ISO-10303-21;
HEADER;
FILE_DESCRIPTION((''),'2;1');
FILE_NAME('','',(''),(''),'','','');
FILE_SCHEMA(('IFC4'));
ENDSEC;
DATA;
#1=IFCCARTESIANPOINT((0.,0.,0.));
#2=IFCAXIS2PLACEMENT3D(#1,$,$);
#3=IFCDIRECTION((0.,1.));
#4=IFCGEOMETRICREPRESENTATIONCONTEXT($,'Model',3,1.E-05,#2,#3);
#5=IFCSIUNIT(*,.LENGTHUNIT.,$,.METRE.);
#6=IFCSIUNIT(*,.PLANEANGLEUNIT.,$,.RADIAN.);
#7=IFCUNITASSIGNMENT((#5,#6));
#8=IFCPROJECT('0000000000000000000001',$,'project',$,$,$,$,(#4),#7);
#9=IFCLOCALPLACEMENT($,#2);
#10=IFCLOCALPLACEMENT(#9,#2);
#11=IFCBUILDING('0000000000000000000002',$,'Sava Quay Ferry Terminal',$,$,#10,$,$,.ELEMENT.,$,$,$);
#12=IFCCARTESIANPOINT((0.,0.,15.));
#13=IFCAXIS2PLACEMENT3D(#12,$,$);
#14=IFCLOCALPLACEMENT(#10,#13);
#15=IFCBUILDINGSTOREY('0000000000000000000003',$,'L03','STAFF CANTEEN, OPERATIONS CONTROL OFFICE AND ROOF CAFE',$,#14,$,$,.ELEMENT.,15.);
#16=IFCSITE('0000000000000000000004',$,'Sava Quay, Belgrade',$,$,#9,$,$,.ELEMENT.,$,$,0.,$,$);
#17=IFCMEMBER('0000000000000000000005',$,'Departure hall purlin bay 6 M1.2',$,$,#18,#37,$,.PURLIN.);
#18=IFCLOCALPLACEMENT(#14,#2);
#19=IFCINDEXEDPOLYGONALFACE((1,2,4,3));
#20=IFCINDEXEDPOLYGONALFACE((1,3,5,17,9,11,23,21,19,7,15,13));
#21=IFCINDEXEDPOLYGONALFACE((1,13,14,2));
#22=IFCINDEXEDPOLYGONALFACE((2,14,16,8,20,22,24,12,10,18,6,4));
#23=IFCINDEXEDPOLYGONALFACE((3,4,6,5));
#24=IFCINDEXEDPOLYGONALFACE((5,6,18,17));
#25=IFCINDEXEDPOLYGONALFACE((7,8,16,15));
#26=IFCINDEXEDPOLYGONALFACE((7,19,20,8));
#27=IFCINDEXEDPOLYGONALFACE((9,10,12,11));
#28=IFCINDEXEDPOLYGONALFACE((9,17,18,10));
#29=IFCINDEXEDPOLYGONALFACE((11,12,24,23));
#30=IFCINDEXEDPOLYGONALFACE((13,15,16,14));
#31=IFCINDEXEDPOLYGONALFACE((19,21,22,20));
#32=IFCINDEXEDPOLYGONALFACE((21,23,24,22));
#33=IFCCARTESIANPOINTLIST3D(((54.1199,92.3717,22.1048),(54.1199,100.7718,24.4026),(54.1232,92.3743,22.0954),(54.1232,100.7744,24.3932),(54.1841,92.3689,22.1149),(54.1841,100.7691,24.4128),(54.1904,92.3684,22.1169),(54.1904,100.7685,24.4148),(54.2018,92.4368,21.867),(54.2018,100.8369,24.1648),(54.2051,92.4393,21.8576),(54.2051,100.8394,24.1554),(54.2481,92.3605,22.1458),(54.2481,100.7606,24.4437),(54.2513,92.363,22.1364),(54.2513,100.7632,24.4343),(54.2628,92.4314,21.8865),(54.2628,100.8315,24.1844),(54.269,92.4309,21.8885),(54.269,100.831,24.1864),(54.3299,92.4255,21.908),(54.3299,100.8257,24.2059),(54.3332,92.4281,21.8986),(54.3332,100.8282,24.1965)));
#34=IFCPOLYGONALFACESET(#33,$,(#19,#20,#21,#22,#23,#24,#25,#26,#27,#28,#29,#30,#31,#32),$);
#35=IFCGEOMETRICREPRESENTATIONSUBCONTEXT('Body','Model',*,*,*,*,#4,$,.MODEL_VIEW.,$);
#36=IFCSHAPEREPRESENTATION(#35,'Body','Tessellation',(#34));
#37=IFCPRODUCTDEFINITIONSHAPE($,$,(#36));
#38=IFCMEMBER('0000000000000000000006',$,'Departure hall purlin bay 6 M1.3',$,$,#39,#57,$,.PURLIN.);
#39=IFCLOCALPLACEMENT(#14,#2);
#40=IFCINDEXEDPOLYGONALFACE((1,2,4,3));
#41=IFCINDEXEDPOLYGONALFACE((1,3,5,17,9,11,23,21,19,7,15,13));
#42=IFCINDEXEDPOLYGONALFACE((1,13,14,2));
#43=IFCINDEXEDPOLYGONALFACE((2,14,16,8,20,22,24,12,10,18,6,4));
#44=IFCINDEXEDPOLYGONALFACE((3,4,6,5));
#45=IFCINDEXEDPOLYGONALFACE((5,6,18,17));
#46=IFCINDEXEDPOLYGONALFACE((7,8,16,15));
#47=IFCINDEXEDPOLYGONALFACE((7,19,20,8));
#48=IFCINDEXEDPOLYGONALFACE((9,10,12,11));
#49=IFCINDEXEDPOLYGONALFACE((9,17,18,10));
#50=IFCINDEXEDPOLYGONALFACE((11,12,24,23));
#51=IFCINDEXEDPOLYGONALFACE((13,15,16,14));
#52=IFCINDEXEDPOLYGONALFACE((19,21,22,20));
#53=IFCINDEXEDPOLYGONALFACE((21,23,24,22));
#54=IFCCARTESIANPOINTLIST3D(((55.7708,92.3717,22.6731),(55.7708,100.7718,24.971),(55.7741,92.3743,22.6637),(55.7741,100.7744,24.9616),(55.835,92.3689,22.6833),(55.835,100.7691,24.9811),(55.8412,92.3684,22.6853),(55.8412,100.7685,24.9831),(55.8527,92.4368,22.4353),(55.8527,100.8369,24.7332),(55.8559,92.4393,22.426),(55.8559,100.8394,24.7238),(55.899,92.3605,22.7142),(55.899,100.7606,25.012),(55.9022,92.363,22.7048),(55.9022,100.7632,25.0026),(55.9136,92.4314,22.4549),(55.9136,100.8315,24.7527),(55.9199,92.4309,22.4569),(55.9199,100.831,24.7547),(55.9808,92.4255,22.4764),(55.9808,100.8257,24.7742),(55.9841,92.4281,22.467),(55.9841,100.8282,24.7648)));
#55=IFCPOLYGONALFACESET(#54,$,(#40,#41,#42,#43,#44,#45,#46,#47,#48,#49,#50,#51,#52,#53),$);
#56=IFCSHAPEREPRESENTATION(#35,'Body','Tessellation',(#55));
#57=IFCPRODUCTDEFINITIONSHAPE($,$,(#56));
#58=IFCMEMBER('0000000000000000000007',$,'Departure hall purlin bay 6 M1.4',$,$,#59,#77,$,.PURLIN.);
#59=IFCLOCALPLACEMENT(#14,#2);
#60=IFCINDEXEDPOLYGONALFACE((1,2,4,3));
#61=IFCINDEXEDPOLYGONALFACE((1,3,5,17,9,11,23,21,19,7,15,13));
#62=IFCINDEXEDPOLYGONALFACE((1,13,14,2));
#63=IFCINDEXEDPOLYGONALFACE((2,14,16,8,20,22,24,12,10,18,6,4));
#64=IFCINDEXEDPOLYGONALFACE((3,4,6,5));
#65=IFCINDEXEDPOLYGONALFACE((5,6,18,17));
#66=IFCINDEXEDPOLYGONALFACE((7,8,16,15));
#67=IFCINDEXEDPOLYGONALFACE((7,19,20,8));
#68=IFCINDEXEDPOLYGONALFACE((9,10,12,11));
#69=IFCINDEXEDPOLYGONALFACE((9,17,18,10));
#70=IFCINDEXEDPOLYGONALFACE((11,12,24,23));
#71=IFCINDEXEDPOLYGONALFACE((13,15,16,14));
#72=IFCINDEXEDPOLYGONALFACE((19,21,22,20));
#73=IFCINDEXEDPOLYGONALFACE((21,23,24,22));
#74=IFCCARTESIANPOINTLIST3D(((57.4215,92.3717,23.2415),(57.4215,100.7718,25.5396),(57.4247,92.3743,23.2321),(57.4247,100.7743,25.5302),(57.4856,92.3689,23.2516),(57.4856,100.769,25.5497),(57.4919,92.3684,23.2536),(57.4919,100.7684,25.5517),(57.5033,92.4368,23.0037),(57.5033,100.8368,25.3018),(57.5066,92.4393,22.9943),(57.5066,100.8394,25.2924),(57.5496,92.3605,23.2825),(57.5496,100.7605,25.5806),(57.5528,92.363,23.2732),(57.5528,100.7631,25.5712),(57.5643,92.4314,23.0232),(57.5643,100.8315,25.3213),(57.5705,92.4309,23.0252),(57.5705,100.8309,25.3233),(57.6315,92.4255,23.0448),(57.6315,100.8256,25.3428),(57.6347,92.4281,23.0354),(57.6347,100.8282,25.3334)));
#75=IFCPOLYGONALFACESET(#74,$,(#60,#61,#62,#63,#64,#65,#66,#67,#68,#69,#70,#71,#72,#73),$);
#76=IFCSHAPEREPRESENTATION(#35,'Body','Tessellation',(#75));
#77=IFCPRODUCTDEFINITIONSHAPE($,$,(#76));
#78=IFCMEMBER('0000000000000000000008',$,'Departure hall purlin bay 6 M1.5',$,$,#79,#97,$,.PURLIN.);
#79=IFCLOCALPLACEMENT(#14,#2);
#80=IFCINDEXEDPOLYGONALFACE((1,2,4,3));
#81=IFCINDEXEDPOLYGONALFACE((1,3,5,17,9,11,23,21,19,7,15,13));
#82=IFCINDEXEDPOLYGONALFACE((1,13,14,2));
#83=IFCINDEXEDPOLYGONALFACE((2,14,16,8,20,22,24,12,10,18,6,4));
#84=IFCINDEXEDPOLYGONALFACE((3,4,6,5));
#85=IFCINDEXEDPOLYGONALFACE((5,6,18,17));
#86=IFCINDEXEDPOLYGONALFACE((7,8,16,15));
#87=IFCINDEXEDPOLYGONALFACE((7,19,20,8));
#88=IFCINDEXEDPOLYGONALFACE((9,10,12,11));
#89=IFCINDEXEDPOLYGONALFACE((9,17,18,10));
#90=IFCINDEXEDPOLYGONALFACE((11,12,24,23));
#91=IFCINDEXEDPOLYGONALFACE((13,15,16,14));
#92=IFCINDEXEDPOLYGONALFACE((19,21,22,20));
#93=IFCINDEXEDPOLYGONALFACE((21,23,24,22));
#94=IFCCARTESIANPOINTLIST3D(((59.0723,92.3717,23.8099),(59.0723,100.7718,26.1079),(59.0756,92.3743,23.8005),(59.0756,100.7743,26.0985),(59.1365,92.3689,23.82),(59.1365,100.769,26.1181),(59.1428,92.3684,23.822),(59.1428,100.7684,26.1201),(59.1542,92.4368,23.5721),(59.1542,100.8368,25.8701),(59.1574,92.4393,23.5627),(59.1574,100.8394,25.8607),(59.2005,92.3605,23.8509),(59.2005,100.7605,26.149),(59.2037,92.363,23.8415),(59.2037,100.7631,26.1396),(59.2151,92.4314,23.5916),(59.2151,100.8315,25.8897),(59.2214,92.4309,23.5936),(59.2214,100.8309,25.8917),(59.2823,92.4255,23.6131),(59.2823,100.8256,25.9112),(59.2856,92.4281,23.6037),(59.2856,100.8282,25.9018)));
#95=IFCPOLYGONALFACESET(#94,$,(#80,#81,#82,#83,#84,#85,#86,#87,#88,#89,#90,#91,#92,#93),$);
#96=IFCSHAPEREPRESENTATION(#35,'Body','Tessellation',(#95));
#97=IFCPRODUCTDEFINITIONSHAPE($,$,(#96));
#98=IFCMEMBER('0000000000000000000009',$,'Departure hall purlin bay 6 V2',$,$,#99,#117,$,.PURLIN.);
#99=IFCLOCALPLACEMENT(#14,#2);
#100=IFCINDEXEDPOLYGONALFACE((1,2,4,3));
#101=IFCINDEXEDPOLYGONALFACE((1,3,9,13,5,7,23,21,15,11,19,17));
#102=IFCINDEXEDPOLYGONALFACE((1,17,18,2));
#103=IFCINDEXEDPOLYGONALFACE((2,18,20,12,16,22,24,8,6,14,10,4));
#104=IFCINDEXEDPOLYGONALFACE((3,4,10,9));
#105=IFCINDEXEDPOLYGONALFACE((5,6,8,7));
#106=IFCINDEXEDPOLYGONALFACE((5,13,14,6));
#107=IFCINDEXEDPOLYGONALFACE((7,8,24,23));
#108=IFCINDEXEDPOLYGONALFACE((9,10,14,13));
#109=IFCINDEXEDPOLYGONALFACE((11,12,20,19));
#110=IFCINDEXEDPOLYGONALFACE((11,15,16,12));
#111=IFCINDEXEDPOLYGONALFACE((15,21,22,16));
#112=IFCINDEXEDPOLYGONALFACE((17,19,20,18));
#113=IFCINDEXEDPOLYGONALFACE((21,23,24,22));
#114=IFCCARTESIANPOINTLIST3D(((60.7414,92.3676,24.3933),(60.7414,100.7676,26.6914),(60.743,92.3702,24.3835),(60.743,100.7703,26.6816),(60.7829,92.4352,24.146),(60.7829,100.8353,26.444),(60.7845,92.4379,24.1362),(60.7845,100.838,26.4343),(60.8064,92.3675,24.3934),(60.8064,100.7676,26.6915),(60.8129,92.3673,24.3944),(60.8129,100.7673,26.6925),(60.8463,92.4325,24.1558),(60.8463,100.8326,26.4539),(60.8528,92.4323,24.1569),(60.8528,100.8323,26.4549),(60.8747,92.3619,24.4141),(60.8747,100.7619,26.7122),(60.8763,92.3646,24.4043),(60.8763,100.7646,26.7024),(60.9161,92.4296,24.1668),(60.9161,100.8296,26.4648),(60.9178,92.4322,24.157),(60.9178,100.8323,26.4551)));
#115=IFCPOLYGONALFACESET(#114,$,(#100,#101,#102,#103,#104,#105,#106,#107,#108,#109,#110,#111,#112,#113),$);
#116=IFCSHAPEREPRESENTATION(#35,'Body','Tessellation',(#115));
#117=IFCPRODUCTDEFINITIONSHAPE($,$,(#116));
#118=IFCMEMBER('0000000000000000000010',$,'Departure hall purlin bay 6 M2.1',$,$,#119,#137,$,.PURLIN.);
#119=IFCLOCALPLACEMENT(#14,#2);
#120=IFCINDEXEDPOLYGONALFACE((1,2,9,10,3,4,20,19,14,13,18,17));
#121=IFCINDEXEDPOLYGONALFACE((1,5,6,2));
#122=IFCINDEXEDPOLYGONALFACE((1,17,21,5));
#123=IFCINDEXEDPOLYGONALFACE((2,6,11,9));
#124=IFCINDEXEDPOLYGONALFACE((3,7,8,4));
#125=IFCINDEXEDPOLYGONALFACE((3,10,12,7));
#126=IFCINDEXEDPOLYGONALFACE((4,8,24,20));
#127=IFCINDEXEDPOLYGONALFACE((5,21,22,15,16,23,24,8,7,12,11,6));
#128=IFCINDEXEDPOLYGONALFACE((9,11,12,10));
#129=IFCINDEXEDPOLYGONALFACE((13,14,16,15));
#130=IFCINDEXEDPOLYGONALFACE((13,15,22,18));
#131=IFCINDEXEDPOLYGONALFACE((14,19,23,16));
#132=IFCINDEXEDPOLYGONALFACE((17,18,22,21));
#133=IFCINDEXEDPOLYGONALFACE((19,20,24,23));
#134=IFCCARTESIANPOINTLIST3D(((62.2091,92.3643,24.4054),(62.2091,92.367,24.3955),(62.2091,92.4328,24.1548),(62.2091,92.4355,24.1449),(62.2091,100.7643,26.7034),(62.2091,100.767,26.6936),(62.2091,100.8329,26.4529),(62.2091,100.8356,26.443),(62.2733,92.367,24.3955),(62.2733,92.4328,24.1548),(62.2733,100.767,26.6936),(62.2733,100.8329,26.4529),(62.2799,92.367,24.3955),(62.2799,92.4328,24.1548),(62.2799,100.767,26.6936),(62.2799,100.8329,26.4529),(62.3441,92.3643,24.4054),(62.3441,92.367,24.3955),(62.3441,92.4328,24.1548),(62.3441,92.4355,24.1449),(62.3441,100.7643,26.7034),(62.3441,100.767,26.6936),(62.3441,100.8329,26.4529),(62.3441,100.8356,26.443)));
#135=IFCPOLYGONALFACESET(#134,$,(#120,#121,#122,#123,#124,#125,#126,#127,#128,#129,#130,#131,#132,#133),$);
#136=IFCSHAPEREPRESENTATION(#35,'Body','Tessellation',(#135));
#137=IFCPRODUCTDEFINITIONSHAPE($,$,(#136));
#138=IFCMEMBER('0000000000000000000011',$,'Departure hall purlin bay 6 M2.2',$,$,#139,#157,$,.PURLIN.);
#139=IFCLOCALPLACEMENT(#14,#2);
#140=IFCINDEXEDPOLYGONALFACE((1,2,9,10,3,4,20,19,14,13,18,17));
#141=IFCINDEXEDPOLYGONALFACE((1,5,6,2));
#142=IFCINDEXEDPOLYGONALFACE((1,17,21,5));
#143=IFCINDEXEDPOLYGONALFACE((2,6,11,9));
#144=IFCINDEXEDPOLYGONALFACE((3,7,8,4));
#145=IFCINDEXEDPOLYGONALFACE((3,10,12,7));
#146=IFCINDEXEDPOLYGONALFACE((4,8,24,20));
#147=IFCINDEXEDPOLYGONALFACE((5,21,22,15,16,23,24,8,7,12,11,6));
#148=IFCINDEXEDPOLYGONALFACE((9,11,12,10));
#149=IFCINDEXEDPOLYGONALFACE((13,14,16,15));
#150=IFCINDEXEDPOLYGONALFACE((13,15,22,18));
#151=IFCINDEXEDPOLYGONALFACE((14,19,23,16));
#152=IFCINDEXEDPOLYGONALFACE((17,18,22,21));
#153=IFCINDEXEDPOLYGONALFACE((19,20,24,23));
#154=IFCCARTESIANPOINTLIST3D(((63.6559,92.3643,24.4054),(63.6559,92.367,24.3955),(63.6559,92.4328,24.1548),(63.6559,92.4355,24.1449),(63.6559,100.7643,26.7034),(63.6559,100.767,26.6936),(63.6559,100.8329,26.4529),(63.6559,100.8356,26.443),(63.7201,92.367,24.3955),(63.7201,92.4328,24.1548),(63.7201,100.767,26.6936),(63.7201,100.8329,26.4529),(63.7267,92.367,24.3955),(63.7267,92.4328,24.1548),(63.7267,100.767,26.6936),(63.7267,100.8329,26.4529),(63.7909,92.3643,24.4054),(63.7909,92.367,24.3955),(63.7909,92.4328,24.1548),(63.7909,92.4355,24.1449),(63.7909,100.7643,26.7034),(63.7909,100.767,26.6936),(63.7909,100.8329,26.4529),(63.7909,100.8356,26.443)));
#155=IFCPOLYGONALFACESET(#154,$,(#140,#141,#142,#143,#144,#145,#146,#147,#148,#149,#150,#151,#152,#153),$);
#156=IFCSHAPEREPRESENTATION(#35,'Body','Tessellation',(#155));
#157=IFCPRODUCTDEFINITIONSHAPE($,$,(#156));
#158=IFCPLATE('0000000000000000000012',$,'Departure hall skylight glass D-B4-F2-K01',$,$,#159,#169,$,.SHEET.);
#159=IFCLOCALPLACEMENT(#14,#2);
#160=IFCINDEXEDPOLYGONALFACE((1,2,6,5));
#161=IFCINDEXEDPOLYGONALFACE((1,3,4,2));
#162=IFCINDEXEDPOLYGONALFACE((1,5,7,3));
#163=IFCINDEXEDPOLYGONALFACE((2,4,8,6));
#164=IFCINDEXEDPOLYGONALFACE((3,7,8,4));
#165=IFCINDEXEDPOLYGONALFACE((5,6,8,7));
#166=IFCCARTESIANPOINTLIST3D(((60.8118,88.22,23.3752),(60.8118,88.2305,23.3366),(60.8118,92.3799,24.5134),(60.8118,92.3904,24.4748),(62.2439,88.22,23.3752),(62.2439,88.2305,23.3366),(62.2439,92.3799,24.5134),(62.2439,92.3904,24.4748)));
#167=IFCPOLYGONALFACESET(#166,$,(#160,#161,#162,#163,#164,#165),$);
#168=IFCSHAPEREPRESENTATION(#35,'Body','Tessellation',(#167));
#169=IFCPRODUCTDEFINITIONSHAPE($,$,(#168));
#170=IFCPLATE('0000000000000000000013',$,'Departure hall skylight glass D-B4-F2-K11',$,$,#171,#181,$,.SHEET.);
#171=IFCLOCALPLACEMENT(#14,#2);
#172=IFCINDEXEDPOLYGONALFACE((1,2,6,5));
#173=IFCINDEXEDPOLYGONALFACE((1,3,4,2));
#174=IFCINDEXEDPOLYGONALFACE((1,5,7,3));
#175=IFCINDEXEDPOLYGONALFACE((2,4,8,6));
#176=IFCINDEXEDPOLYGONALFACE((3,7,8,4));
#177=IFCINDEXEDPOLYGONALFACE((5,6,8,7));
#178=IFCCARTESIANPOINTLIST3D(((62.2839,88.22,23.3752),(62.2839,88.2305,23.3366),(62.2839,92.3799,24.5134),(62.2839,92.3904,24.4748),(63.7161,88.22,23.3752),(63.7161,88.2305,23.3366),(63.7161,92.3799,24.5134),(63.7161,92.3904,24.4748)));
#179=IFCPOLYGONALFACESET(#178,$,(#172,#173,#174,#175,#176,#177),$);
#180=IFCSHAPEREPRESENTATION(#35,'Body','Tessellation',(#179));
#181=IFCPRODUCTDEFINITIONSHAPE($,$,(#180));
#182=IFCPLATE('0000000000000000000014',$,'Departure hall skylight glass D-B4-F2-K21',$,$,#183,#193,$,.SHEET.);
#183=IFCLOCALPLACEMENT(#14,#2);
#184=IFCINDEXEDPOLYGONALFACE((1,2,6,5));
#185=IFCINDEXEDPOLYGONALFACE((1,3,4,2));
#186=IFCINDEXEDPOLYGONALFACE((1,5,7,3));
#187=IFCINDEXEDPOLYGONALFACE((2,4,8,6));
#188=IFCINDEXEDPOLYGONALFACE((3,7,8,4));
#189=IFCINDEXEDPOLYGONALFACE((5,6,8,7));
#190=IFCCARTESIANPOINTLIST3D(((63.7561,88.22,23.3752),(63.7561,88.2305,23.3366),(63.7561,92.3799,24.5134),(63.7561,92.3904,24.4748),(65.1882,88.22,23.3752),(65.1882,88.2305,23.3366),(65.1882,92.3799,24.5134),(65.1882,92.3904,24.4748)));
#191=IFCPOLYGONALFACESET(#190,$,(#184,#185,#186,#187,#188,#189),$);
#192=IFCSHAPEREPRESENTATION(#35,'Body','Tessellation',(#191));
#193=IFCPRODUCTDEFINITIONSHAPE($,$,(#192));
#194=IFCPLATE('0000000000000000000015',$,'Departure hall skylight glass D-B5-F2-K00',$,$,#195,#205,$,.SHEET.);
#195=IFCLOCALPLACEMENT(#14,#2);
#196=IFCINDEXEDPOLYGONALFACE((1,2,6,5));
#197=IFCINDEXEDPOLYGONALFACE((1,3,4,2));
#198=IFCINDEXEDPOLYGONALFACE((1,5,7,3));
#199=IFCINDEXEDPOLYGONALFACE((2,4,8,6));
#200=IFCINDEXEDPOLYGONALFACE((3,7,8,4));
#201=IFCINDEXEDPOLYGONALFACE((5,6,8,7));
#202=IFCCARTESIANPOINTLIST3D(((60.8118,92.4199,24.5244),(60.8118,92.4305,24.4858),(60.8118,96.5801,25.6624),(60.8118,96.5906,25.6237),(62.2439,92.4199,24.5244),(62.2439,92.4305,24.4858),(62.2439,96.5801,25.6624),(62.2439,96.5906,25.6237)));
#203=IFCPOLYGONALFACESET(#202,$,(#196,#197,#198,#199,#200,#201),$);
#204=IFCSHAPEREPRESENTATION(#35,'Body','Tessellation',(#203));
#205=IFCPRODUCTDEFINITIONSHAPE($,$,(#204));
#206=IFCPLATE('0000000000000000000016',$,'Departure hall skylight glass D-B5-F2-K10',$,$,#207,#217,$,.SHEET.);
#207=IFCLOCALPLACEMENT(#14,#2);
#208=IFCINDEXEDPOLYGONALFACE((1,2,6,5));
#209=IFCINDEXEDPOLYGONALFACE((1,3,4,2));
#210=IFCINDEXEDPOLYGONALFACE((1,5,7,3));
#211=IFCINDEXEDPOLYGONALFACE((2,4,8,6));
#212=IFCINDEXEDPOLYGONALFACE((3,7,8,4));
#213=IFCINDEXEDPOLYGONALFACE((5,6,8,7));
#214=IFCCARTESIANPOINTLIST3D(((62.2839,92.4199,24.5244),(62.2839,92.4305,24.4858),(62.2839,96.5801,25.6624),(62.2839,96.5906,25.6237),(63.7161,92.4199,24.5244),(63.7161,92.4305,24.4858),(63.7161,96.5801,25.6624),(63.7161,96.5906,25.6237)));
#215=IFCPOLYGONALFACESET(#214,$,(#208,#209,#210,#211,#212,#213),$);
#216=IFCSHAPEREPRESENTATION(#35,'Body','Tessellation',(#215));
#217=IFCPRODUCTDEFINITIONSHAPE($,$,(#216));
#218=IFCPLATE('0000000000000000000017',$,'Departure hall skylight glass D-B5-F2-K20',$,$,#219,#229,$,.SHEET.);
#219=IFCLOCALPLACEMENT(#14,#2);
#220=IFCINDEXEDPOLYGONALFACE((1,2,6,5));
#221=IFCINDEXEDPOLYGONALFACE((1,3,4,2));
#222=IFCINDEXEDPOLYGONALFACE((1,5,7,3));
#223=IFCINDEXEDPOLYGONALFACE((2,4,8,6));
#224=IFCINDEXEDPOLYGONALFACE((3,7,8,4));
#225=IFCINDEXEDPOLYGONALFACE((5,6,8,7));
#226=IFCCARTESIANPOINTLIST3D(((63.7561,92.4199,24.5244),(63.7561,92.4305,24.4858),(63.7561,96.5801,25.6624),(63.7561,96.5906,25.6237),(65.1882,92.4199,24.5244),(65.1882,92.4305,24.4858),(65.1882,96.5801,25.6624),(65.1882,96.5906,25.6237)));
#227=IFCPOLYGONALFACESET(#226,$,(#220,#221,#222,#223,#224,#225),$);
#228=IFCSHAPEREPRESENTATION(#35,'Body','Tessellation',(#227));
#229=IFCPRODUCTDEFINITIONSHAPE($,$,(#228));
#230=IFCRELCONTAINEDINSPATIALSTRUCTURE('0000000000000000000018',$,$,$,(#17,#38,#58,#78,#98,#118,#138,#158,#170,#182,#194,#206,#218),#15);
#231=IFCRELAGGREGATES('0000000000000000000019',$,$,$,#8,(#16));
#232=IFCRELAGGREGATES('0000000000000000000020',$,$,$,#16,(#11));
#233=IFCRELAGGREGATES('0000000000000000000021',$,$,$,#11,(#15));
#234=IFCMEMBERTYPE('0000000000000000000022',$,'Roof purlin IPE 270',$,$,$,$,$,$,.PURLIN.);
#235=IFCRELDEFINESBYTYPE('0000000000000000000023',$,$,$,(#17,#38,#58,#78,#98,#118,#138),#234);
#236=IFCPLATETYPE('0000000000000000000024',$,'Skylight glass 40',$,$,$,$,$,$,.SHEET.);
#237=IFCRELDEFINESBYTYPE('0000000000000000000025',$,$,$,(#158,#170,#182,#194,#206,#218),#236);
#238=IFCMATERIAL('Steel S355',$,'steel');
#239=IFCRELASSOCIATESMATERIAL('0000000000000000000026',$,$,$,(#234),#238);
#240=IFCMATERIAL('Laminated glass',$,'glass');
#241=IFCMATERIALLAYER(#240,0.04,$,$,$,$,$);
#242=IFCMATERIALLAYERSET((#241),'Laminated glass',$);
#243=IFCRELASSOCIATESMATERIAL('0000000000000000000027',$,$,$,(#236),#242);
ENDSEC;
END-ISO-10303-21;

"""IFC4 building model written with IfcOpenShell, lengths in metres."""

from ifc_helpers import new_model, si_unit, direction, frame, origin, origin_2d, place, context, subcontext, project, spatial, polyline, i_section, outline, extrude, material, layer, layer_set, material_profile, profile_set, type_object, element, save


model = new_model("IFC4")

# Units and contexts
model_context = context("Model", 3, precision=1e-05, world=origin(), true_north=direction((0.0, 1.0)))
body_context = subcontext(model_context, "Body", "Model", "MODEL_VIEW")
ifc_project = project(units=[si_unit("LENGTHUNIT", "METRE"), si_unit("PLANEANGLEUNIT", "RADIAN")], contexts=[model_context])

# Site, building, storey
site_placement = place(None, origin())
site = spatial("IfcSite", under=ifc_project, at=site_placement, Name="Sava Quay, Belgrade", CompositionType="ELEMENT", RefElevation=0.0)
building_placement = place(site_placement, origin())
building = spatial("IfcBuilding", under=site, at=building_placement, Name="Sava Quay Ferry Terminal", CompositionType="ELEMENT")
storey_placement = place(building_placement, frame((0.0, 0.0, 15.0)))
storey = spatial("IfcBuildingStorey", under=building, at=storey_placement, Name="L03", Description="STAFF CANTEEN, OPERATIONS CONTROL OFFICE AND ROOF CAFE", CompositionType="ELEMENT", Elevation=15.0)

# Members
ifc_material_1 = material(Name="Steel S355", Category="steel")
ifc_material_profile_1 = material_profile(ifc_material_1, i_section(OverallWidth=0.135, OverallDepth=0.27, WebThickness=0.0066, FlangeThickness=0.0103, at=origin_2d()), Name="IPE 270")
ifc_profile_set_1 = profile_set([ifc_material_profile_1], Name="Steel S355")
member_type_1 = type_object("IfcMemberType", Name="Roof purlin IPE 270", PredefinedType="PURLIN", material=ifc_profile_set_1)
for number, where, z_axis, x_axis, name in (
    (1, (54.2266, 92.3999, 22.0017), (0.0, 0.964562, 0.263855), (-0.949027, 0.083166, -0.304025), "Departure hall purlin bay 6 M1.2"),
    (2, (55.8774, 92.3999, 22.5701), (0.0, 0.964562, 0.263855), (-0.949027, 0.083166, -0.304025), "Departure hall purlin bay 6 M1.3"),
    (3, (57.5281, 92.3999, 23.1384), (0.0, 0.964555, 0.263881), (-0.949027, 0.083174, -0.304022), "Departure hall purlin bay 6 M1.4"),
    (4, (59.179, 92.3999, 23.7068), (0.0, 0.964555, 0.263881), (-0.949027, 0.083174, -0.304022), "Departure hall purlin bay 6 M1.5"),
    (5, (60.8296, 92.3999, 24.2751), (0.0, 0.964555, 0.263881), (-0.987175, 0.042127, -0.153986), "Departure hall purlin bay 6 V2"),
    (6, (62.2766, 92.3999, 24.2751), (0.0, 0.964555, 0.263881), (-1.0, 0.0, 0.0), "Departure hall purlin bay 6 M2.1"),
    (7, (63.7234, 92.3999, 24.2751), (0.0, 0.964555, 0.263881), (-1.0, 0.0, 0.0), "Departure hall purlin bay 6 M2.2"),
):
    element("IfcMember", number, at=place(storey_placement, frame(where, z_axis=z_axis, x_axis=x_axis)), inside=storey, type_object=member_type_1, Name=name, PredefinedType="PURLIN", context=body_context, shape_type="SweptSolid", body=[
        extrude(i_section(OverallWidth=0.135, OverallDepth=0.27, WebThickness=0.0066, FlangeThickness=0.0103, at=origin_2d()), origin(), (0.0, 0.0, 1.0), 8.7087),
    ])

# Plates
ifc_material_2 = material(Name="Laminated glass", Category="glass")
ifc_layer_1 = layer(ifc_material_2, 0.04)
ifc_layer_set_1 = layer_set([ifc_layer_1], Name="Laminated glass")
plate_type = type_object("IfcPlateType", Name="Skylight glass 40", PredefinedType="SHEET", material=ifc_layer_set_1)
for number, where, z_axis, x_axis, name in (
    (8, (60.8118, 88.22, 23.3752), (0.0, -0.263908, 0.964548), (0.0, 0.964548, 0.263908), "Departure hall skylight glass D-B4-F2-K01"),
    (9, (62.2839, 88.22, 23.3752), (0.0, -0.263908, 0.964548), (0.0, 0.964548, 0.263908), "Departure hall skylight glass D-B4-F2-K11"),
    (10, (63.7561, 88.22, 23.3752), (0.0, -0.263908, 0.964548), (0.0, 0.964548, 0.263908), "Departure hall skylight glass D-B4-F2-K21"),
):
    element("IfcPlate", number, at=place(storey_placement, frame(where, z_axis=z_axis, x_axis=x_axis)), inside=storey, type_object=plate_type, Name=name, PredefinedType="SHEET", context=body_context, shape_type="SweptSolid", body=[
        extrude(outline(polyline([(0.0, 0.0), (4.3128, 0.0), (4.3128, -1.4321), (0.0, -1.4321), (0.0, 0.0)])), origin(), (0.0, 0.0, -1.0), 0.04),
    ])
for number, where, z_axis, x_axis, name in (
    (11, (60.8118, 92.4199, 24.5244), (0.0, -0.263841, 0.964566), (0.0, 0.964566, 0.263841), "Departure hall skylight glass D-B5-F2-K00"),
    (12, (62.2839, 92.4199, 24.5244), (0.0, -0.263841, 0.964566), (0.0, 0.964566, 0.263841), "Departure hall skylight glass D-B5-F2-K10"),
    (13, (63.7561, 92.4199, 24.5244), (0.0, -0.263841, 0.964566), (0.0, 0.964566, 0.263841), "Departure hall skylight glass D-B5-F2-K20"),
):
    element("IfcPlate", number, at=place(storey_placement, frame(where, z_axis=z_axis, x_axis=x_axis)), inside=storey, type_object=plate_type, Name=name, PredefinedType="SHEET", context=body_context, shape_type="SweptSolid", body=[
        extrude(outline(polyline([(0.0, 0.0), (4.313, 0.0), (4.313, -1.4321), (0.0, -1.4321), (0.0, 0.0)])), origin(), (0.0, 0.0, -1.0), 0.04),
    ])

save(model, "model.ifc")
